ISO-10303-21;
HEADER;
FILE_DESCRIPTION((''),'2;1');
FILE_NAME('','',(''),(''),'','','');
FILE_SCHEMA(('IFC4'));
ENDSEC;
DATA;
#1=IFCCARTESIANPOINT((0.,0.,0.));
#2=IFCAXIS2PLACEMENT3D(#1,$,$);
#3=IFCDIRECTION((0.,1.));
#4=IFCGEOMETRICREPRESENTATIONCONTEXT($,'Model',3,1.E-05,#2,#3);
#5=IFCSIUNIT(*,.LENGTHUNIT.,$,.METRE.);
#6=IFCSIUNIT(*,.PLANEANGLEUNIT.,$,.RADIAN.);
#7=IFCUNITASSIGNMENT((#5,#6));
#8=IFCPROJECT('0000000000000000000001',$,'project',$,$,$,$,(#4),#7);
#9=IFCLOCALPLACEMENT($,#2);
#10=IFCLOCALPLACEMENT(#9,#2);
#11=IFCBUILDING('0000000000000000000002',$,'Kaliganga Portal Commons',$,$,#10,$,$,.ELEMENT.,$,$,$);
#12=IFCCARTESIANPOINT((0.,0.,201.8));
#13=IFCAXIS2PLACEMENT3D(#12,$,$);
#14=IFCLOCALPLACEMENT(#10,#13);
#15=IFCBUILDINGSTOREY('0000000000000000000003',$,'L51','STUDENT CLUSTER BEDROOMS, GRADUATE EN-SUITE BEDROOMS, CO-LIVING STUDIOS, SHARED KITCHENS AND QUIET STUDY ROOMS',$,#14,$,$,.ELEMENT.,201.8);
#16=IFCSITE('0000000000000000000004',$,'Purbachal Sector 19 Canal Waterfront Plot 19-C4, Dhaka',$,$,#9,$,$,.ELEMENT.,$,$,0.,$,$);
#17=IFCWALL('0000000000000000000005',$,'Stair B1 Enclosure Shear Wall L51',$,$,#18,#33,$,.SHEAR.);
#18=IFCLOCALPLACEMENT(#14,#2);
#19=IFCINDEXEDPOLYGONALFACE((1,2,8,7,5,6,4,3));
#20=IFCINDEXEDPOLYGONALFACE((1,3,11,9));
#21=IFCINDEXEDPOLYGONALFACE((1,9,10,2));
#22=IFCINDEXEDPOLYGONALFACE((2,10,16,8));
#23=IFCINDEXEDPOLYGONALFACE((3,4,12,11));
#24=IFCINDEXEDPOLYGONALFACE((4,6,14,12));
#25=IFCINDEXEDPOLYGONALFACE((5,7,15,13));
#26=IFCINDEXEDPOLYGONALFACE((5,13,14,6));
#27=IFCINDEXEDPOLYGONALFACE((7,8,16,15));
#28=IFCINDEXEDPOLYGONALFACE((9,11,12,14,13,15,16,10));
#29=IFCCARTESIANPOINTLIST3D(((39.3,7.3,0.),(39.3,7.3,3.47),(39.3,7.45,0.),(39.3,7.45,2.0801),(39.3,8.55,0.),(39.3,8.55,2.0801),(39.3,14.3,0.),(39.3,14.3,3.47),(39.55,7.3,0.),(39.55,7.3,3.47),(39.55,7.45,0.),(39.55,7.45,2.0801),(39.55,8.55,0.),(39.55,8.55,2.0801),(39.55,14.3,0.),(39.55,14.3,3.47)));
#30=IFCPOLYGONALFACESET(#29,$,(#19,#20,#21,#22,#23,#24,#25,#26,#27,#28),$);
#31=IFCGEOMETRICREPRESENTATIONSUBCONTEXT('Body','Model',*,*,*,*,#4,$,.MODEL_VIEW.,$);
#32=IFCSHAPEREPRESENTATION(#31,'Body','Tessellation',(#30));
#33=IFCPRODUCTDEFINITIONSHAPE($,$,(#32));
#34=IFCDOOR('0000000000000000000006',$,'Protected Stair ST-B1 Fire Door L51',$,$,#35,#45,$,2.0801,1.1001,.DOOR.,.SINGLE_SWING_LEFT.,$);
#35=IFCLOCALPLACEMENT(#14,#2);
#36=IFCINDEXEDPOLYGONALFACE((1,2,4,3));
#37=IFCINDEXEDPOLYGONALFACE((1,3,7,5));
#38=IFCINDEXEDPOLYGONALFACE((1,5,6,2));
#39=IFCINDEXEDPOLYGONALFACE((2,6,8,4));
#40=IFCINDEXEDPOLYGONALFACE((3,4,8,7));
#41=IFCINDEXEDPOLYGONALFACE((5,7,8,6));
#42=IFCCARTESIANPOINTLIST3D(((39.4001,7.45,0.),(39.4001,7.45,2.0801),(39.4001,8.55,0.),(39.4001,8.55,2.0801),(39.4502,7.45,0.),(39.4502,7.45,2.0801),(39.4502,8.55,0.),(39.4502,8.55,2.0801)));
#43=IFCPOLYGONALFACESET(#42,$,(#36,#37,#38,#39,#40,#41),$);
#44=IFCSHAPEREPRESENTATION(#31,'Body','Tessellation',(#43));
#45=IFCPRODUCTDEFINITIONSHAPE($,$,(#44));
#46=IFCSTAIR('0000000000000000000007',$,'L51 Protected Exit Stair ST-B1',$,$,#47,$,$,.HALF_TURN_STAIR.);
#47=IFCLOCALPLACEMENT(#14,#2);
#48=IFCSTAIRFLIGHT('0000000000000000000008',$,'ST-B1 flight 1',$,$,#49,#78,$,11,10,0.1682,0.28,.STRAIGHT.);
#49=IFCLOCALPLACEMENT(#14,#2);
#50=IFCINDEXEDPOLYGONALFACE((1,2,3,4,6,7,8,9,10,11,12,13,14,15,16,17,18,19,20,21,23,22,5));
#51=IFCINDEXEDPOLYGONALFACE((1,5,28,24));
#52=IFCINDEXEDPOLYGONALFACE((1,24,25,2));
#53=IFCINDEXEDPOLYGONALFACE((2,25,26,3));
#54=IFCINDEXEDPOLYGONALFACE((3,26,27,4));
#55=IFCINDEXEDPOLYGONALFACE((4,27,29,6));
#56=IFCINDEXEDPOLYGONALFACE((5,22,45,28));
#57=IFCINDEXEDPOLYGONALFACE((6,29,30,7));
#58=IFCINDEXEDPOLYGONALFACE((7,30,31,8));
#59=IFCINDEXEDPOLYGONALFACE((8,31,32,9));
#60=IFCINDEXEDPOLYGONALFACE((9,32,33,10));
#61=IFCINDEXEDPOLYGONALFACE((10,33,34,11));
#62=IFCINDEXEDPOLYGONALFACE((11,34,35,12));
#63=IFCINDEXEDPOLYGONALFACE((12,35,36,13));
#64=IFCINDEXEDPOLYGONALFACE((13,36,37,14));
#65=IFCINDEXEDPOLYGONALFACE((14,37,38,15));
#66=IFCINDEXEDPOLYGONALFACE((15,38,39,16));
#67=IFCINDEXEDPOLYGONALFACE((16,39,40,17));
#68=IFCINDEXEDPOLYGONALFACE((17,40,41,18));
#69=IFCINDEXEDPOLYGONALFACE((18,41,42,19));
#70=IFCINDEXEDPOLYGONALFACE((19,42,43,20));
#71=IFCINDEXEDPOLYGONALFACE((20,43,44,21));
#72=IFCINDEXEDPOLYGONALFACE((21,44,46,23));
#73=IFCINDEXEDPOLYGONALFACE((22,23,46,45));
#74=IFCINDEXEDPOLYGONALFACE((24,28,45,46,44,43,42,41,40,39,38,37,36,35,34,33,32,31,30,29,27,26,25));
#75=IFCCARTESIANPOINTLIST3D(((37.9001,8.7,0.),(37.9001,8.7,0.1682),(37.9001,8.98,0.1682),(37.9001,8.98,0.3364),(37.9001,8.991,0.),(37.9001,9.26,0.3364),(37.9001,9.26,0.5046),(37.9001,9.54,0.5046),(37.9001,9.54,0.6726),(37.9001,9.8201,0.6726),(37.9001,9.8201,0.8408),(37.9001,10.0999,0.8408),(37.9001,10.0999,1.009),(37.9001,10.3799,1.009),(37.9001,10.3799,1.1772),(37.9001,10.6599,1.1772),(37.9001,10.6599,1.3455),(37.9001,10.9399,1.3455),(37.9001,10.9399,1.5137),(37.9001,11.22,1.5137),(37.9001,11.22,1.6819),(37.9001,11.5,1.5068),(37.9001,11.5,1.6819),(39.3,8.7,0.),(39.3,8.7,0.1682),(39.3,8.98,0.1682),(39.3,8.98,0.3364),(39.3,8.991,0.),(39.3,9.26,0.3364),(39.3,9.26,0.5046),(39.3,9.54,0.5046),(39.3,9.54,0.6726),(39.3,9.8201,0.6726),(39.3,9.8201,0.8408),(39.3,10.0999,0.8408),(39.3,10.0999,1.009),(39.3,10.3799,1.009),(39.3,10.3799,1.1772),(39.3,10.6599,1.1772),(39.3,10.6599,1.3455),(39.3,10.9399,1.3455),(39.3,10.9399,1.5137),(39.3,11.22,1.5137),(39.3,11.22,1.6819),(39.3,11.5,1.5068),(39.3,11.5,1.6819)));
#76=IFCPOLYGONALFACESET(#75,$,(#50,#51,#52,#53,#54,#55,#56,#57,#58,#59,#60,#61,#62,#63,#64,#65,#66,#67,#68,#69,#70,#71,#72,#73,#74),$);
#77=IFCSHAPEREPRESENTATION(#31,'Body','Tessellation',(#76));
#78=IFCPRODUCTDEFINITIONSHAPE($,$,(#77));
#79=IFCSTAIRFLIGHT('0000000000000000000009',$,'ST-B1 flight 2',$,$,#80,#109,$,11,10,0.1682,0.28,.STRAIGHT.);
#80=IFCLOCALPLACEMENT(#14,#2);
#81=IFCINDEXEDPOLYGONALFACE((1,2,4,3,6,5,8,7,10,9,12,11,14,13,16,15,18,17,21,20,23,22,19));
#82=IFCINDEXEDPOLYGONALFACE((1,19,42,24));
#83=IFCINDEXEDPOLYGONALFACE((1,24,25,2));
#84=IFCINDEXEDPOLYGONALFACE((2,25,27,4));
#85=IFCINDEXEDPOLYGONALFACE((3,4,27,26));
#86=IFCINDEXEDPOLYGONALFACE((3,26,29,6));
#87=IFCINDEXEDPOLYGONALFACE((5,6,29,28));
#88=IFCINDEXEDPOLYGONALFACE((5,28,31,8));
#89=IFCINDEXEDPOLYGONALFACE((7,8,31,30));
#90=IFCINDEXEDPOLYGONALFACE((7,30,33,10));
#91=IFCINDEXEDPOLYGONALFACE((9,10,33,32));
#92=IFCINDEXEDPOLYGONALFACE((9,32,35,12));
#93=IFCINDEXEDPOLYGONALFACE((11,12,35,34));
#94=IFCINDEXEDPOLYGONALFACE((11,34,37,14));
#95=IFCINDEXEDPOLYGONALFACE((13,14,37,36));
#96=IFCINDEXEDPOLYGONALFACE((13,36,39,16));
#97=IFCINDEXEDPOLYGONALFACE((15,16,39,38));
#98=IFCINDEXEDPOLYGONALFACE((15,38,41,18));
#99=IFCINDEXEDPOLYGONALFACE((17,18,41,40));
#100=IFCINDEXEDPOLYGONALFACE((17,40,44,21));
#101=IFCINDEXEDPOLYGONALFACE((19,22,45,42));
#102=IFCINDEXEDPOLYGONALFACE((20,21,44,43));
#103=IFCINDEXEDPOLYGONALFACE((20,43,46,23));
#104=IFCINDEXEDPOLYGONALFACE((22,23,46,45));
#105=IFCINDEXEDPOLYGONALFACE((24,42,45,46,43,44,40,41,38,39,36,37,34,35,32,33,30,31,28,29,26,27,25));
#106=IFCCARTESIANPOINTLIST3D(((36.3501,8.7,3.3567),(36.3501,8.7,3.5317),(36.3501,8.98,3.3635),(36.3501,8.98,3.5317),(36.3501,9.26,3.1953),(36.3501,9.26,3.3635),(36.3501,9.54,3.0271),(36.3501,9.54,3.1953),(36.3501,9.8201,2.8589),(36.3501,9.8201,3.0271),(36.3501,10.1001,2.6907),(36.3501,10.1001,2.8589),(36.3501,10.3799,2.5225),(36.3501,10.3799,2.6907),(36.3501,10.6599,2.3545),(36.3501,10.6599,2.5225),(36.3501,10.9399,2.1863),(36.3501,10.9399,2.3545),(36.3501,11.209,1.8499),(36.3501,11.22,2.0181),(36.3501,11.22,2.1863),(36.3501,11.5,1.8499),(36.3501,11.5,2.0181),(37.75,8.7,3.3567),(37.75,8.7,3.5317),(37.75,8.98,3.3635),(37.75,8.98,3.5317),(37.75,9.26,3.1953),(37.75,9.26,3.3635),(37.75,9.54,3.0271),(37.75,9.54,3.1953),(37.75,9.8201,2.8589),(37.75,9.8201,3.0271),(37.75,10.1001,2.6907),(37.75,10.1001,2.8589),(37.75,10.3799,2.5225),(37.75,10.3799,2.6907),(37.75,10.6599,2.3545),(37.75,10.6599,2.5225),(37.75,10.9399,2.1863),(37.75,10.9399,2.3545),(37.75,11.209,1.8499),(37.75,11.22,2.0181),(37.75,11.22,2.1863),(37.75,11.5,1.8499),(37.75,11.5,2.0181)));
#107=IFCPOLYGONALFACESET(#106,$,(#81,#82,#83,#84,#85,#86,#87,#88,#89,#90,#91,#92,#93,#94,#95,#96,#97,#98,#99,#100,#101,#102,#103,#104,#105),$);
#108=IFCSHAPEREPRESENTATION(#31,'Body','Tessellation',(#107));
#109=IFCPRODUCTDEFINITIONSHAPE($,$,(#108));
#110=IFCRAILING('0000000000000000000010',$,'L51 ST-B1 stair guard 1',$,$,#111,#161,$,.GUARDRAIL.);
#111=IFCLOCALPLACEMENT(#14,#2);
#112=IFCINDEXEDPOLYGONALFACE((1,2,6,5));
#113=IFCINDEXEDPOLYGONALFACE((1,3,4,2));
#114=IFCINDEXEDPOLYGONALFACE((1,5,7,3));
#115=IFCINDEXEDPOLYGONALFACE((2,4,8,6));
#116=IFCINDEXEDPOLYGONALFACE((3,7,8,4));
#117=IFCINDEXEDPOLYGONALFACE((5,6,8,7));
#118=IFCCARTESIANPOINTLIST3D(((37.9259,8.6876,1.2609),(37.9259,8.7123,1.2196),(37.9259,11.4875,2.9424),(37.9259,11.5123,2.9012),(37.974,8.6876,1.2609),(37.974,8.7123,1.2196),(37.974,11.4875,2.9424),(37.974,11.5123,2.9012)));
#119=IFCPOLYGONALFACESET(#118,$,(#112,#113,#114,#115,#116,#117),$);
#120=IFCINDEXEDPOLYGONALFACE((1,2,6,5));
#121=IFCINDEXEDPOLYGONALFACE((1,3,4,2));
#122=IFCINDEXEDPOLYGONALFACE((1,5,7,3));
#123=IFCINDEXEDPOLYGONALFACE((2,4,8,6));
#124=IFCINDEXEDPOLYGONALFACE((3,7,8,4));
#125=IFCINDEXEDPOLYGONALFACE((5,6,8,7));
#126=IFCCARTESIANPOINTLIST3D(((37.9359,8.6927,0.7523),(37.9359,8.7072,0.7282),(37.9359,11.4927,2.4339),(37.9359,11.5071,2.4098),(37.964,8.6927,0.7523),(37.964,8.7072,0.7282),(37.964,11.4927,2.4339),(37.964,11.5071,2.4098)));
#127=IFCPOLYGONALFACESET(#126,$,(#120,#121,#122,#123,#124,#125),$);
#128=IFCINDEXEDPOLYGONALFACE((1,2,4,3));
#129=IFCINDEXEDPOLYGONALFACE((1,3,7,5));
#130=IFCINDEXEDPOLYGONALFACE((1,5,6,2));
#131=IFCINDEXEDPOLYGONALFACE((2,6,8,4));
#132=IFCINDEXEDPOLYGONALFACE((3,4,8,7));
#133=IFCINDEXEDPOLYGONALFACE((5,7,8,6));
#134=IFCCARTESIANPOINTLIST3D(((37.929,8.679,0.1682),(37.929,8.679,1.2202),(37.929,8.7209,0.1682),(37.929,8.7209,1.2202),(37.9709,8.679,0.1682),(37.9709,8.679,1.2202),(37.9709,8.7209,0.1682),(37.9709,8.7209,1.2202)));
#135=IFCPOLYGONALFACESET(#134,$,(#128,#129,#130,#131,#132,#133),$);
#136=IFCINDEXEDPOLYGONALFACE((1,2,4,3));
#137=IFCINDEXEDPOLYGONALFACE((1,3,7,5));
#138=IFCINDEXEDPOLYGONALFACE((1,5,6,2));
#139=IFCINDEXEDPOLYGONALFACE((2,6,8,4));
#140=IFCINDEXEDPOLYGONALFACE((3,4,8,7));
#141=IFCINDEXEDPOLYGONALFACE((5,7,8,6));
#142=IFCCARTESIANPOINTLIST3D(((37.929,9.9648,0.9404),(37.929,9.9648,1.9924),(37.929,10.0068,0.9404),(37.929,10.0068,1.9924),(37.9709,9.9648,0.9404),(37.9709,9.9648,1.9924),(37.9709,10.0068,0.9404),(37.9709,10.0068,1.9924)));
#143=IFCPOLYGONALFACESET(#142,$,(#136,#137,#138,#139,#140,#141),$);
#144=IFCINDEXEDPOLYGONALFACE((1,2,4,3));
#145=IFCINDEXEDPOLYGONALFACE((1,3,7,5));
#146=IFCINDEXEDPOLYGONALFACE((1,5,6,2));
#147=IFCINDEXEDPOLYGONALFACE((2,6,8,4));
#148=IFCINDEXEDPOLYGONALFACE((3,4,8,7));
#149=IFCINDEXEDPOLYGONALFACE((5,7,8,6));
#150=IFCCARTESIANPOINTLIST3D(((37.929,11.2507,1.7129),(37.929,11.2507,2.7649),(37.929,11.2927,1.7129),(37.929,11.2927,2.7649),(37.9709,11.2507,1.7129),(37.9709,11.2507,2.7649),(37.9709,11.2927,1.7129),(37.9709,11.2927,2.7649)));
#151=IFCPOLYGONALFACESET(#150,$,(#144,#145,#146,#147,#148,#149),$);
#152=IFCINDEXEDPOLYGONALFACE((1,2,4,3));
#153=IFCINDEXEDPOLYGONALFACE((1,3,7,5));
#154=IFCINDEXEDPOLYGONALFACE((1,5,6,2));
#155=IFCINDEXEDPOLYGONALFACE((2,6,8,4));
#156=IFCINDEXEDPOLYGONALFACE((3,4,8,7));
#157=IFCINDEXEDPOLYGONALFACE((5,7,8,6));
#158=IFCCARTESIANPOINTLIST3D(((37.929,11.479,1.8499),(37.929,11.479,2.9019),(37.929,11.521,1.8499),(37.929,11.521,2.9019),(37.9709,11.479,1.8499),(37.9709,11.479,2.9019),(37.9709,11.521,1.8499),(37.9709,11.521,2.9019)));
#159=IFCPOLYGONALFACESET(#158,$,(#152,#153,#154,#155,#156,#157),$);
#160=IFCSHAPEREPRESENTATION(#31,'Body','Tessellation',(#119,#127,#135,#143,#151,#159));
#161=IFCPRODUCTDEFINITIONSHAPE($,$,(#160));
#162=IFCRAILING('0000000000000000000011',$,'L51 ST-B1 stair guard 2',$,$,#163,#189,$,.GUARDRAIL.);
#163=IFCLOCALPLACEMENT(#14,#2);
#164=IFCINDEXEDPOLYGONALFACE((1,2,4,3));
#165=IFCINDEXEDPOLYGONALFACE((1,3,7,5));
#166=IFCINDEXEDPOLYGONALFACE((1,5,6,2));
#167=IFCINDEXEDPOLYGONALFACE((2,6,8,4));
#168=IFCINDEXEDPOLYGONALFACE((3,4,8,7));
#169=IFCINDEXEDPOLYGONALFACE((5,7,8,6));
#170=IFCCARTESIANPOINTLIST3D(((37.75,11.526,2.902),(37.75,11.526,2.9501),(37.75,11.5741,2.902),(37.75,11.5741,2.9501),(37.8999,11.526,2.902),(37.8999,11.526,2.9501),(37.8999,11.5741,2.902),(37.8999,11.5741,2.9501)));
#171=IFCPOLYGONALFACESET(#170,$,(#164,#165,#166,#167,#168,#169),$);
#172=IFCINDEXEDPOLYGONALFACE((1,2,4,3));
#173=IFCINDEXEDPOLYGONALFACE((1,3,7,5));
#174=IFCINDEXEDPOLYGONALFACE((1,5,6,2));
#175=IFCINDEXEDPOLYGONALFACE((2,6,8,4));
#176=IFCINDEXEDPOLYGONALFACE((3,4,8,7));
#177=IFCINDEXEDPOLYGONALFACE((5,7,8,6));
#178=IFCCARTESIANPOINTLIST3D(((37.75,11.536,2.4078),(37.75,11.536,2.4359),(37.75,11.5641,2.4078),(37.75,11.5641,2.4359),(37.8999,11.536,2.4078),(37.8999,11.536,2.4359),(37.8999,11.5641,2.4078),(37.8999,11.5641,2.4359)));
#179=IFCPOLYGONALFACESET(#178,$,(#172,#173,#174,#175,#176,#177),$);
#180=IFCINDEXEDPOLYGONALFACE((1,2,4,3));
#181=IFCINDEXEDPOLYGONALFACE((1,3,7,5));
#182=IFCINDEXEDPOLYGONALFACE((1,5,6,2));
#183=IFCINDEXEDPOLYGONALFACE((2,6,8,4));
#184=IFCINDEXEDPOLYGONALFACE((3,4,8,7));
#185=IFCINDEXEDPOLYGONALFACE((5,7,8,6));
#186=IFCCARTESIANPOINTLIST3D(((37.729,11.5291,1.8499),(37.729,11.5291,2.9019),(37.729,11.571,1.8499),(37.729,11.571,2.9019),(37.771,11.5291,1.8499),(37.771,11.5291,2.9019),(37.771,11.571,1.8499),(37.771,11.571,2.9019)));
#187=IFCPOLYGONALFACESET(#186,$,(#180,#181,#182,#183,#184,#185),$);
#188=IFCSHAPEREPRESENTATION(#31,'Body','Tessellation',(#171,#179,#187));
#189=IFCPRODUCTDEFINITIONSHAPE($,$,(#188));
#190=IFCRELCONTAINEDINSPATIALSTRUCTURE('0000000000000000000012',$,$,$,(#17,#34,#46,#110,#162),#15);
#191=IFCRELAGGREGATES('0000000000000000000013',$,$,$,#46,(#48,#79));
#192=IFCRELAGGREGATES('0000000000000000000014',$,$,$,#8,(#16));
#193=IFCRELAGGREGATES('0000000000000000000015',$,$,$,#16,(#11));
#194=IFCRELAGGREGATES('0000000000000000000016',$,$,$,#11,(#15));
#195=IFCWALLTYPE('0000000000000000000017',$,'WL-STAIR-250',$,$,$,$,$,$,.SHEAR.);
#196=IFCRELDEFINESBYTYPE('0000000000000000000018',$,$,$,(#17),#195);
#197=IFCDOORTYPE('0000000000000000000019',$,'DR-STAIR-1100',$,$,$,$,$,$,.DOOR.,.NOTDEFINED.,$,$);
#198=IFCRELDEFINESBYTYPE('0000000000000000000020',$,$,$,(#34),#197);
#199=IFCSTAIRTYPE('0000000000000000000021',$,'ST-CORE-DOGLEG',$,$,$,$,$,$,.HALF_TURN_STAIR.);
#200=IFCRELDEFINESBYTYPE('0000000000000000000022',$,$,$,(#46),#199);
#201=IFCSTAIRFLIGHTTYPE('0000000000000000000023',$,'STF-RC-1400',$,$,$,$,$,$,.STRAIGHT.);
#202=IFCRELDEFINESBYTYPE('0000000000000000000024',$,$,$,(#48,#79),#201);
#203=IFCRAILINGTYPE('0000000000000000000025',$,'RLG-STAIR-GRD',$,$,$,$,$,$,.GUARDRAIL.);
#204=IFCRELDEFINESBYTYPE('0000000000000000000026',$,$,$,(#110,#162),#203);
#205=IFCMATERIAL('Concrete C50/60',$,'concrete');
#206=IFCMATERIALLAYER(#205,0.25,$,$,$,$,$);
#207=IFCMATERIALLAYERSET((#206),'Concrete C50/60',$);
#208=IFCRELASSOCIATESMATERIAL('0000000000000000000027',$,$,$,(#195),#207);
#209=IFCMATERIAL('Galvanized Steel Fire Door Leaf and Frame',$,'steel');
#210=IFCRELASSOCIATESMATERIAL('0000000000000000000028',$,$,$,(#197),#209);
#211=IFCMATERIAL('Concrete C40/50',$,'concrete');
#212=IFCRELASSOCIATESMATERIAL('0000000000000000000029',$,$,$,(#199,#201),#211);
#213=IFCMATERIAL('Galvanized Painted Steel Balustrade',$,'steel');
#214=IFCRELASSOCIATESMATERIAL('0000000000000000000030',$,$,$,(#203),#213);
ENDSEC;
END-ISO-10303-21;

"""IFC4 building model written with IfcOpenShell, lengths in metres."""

from ifc_helpers import new_model, si_unit, direction, frame, frame_2d, origin, origin_2d, place, context, subcontext, project, spatial, polyline, rectangle, outline, extrude, material, layer, layer_set, type_object, element, fill, aggregate, save


model = new_model("IFC4")

# Units and contexts
model_context = context("Model", 3, precision=1e-05, world=origin(), true_north=direction((0.0, 1.0)))
body_context = subcontext(model_context, "Body", "Model", "MODEL_VIEW")
ifc_project = project(units=[si_unit("LENGTHUNIT", "METRE"), si_unit("PLANEANGLEUNIT", "RADIAN")], contexts=[model_context])

# Site, building, storey
site_placement = place(None, origin())
site = spatial("IfcSite", under=ifc_project, at=site_placement, Name="Purbachal Sector 19 Canal Waterfront Plot 19-C4, Dhaka", CompositionType="ELEMENT", RefElevation=0.0)
building_placement = place(site_placement, origin())
building = spatial("IfcBuilding", under=site, at=building_placement, Name="Kaliganga Portal Commons", CompositionType="ELEMENT")
storey_placement = place(building_placement, frame((0.0, 0.0, 201.8)))
storey = spatial("IfcBuildingStorey", under=building, at=storey_placement, Name="L51", Description="STUDENT CLUSTER BEDROOMS, GRADUATE EN-SUITE BEDROOMS, CO-LIVING STUDIOS, SHARED KITCHENS AND QUIET STUDY ROOMS", CompositionType="ELEMENT", Elevation=201.8)

# Shared definitions
ifc_material_1 = material(Name="Concrete C50/60", Category="concrete")

# Wall, opening, door
ifc_layer_1 = layer(ifc_material_1, 0.25)
ifc_layer_set_1 = layer_set([ifc_layer_1], Name="Concrete C50/60")
wall_type_1 = type_object("IfcWallType", Name="WL-STAIR-250", PredefinedType="SHEAR", material=ifc_layer_set_1)
wall_1_placement = place(storey_placement, frame((39.425, 7.3, 0.0), z_axis=(0.0, 0.0, 1.0), x_axis=(0.0, 1.0, 0.0)))
wall_1 = element("IfcWall", 1, at=wall_1_placement, inside=storey, type_object=wall_type_1, Name="Stair B1 Enclosure Shear Wall L51", PredefinedType="SHEAR", context=body_context, shape_type="SweptSolid", body=[
    extrude(rectangle(XDim=7.0, YDim=0.25, at=frame_2d((3.5, 0.0))), origin(), (0.0, 0.0, 1.0), 3.47),
])
opening_1_placement = place(wall_1_placement, frame((0.1499, 0.0, 0.0)))
opening_1 = element("IfcOpeningElement", 2, at=opening_1_placement, cuts=wall_1, PredefinedType="OPENING", context=body_context, shape_type="SweptSolid", body=[
    extrude(rectangle(XDim=1.1001, YDim=2.0801, at=frame_2d((0.55, 1.04))), frame((0.0, 0.135, 0.0), z_axis=(0.0, -1.0, 0.0), x_axis=(1.0, 0.0, 0.0)), (0.0, 0.0, 1.0), 0.27),
])
ifc_material_2 = material(Name="Galvanized Steel Fire Door Leaf and Frame", Category="steel")
door_type_1 = type_object("IfcDoorType", Name="DR-STAIR-1100", OperationType="NOTDEFINED", PredefinedType="DOOR", material=ifc_material_2)
door_1_placement = place(opening_1_placement, origin())
door_1 = element("IfcDoor", 3, at=door_1_placement, inside=storey, type_object=door_type_1, Name="Protected Stair ST-B1 Fire Door L51", OperationType="SINGLE_SWING_LEFT", OverallHeight=2.0801, OverallWidth=1.1001, PredefinedType="DOOR", context=body_context, shape_type="SweptSolid", body=[
    extrude(rectangle(XDim=1.1001, YDim=2.0801, at=frame_2d((0.55, 1.04))), frame((0.0, 0.0249, 0.0), z_axis=(0.0, -1.0, 0.0), x_axis=(1.0, 0.0, 0.0)), (0.0, 0.0, 1.0), 0.05),
])
fill(opening_1, door_1)

# Stair, stair flights
ifc_material_3 = material(Name="Concrete C40/50", Category="concrete")
stair_type = type_object("IfcStairType", Name="ST-CORE-DOGLEG", PredefinedType="HALF_TURN_STAIR", material=ifc_material_3)
stair_placement = place(storey_placement, origin())
stair = element("IfcStair", 4, at=stair_placement, inside=storey, type_object=stair_type, Name="L51 Protected Exit Stair ST-B1", PredefinedType="HALF_TURN_STAIR")
stair_flight_type = type_object("IfcStairFlightType", Name="STF-RC-1400", PredefinedType="STRAIGHT", material=ifc_material_3)
stair_flight_1_placement = place(storey_placement, frame((38.6001, 8.7, 0.0), z_axis=(0.0, 0.0, 1.0), x_axis=(0.0, 1.0, 0.0)))
stair_flight_1 = element("IfcStairFlight", 5, at=stair_flight_1_placement, type_object=stair_flight_type, Name="ST-B1 flight 1", NumberOfRisers=11, NumberOfTreads=10, PredefinedType="STRAIGHT", RiserHeight=0.1682, TreadLength=0.28, context=body_context, shape_type="SweptSolid", body=[
    extrude(outline(polyline([(0.0, 0.0), (0.0, 0.1682), (0.28, 0.1682), (0.28, 0.3364), (0.5601, 0.3364), (0.5601, 0.5046), (0.8401, 0.5046), (0.8401, 0.6726), (1.1201, 0.6726), (1.1201, 0.8408), (1.3999, 0.8408), (1.3999, 1.009), (1.6799, 1.009), (1.6799, 1.1772), (1.96, 1.1772), (1.96, 1.3455), (2.24, 1.3455), (2.24, 1.5137), (2.52, 1.5137), (2.52, 1.6819), (2.8, 1.6819), (2.8, 1.8501), (2.8, 1.5068), (0.291, 0.0), (0.0, 0.0)])), frame((0.0, 0.7, 0.0), z_axis=(0.0, -1.0, 0.0), x_axis=(1.0, 0.0, 0.0)), (0.0, 0.0, 1.0), 1.3999),
])
stair_flight_2_placement = place(storey_placement, frame((37.05, 11.5, 1.8499), z_axis=(0.0, 0.0, 1.0), x_axis=(0.0, -1.0, 0.0)))
stair_flight_2 = element("IfcStairFlight", 6, at=stair_flight_2_placement, type_object=stair_flight_type, Name="ST-B1 flight 2", NumberOfRisers=11, NumberOfTreads=10, PredefinedType="STRAIGHT", RiserHeight=0.1682, TreadLength=0.28, context=body_context, shape_type="SweptSolid", body=[
    extrude(outline(polyline([(0.0, 0.0), (0.0, 0.1682), (0.28, 0.1682), (0.28, 0.3364), (0.5601, 0.3364), (0.5601, 0.5046), (0.8401, 0.5046), (0.8401, 0.6726), (1.1201, 0.6726), (1.1201, 0.8408), (1.3999, 0.8408), (1.3999, 1.009), (1.6799, 1.009), (1.6799, 1.1772), (1.96, 1.1772), (1.96, 1.3455), (2.24, 1.3455), (2.24, 1.5137), (2.52, 1.5137), (2.52, 1.6819), (2.8, 1.6819), (2.8, 1.8501), (2.8, 1.5068), (0.291, 0.0), (0.0, 0.0)])), frame((0.0, 0.7, 0.0), z_axis=(0.0, -1.0, 0.0), x_axis=(1.0, 0.0, 0.0)), (0.0, 0.0, 1.0), 1.3999),
])
aggregate(stair, [stair_flight_1, stair_flight_2])

# Railings
ifc_material_4 = material(Name="Galvanized Painted Steel Balustrade", Category="steel")
railing_type_1 = type_object("IfcRailingType", Name="RLG-STAIR-GRD", PredefinedType="GUARDRAIL", material=ifc_material_4)
railing_1_placement = place(storey_placement, frame((37.95, 8.7, 0.1682)))
element("IfcRailing", 7, at=railing_1_placement, inside=storey, type_object=railing_type_1, Name="L51 ST-B1 stair guard 1", PredefinedType="GUARDRAIL", context=body_context, shape_type="SweptSolid", body=[
    extrude(rectangle(XDim=0.0481, YDim=0.0481, at=origin_2d()), frame((0.0, 0.0, 1.072), z_axis=(0.0, 0.857275, 0.514858), x_axis=(-1.0, 0.0, 0.0)), (0.0, 0.0, 1.0), 3.2661),
    extrude(rectangle(XDim=0.0281, YDim=0.0281, at=origin_2d()), frame((0.0, 0.0, 0.572), z_axis=(0.0, 0.857275, 0.514858), x_axis=(-1.0, 0.0, 0.0)), (0.0, 0.0, 1.0), 3.2661),
    extrude(rectangle(XDim=0.042, YDim=0.042, at=origin_2d()), origin(), (0.0, 0.0, 1.0), 1.052),
    extrude(rectangle(XDim=0.042, YDim=0.042, at=origin_2d()), frame((0.0, 1.2859, 0.7722)), (0.0, 0.0, 1.0), 1.052),
    extrude(rectangle(XDim=0.042, YDim=0.042, at=origin_2d()), frame((0.0, 2.5718, 1.5447)), (0.0, 0.0, 1.0), 1.052),
    extrude(rectangle(XDim=0.042, YDim=0.042, at=origin_2d()), frame((0.0, 2.8, 1.6816)), (0.0, 0.0, 1.0), 1.052),
])
railing_2_placement = place(storey_placement, frame((37.8999, 11.55, 1.8499)))
element("IfcRailing", 8, at=railing_2_placement, inside=storey, type_object=railing_type_1, Name="L51 ST-B1 stair guard 2", PredefinedType="GUARDRAIL", context=body_context, shape_type="SweptSolid", body=[
    extrude(rectangle(XDim=0.0481, YDim=0.0481, at=origin_2d()), frame((0.0, 0.0, 1.0762), z_axis=(-1.0, 0.0, 0.0), x_axis=(0.0, -1.0, 0.0)), (0.0, 0.0, 1.0), 0.1499),
    extrude(rectangle(XDim=0.0281, YDim=0.0281, at=origin_2d()), frame((0.0, 0.0, 0.572), z_axis=(-1.0, 0.0, 0.0), x_axis=(0.0, -1.0, 0.0)), (0.0, 0.0, 1.0), 0.1499),
    extrude(rectangle(XDim=0.042, YDim=0.042, at=origin_2d()), frame((-0.1499, 0.0, 0.0)), (0.0, 0.0, 1.0), 1.052),
])

save(model, "model.ifc")
